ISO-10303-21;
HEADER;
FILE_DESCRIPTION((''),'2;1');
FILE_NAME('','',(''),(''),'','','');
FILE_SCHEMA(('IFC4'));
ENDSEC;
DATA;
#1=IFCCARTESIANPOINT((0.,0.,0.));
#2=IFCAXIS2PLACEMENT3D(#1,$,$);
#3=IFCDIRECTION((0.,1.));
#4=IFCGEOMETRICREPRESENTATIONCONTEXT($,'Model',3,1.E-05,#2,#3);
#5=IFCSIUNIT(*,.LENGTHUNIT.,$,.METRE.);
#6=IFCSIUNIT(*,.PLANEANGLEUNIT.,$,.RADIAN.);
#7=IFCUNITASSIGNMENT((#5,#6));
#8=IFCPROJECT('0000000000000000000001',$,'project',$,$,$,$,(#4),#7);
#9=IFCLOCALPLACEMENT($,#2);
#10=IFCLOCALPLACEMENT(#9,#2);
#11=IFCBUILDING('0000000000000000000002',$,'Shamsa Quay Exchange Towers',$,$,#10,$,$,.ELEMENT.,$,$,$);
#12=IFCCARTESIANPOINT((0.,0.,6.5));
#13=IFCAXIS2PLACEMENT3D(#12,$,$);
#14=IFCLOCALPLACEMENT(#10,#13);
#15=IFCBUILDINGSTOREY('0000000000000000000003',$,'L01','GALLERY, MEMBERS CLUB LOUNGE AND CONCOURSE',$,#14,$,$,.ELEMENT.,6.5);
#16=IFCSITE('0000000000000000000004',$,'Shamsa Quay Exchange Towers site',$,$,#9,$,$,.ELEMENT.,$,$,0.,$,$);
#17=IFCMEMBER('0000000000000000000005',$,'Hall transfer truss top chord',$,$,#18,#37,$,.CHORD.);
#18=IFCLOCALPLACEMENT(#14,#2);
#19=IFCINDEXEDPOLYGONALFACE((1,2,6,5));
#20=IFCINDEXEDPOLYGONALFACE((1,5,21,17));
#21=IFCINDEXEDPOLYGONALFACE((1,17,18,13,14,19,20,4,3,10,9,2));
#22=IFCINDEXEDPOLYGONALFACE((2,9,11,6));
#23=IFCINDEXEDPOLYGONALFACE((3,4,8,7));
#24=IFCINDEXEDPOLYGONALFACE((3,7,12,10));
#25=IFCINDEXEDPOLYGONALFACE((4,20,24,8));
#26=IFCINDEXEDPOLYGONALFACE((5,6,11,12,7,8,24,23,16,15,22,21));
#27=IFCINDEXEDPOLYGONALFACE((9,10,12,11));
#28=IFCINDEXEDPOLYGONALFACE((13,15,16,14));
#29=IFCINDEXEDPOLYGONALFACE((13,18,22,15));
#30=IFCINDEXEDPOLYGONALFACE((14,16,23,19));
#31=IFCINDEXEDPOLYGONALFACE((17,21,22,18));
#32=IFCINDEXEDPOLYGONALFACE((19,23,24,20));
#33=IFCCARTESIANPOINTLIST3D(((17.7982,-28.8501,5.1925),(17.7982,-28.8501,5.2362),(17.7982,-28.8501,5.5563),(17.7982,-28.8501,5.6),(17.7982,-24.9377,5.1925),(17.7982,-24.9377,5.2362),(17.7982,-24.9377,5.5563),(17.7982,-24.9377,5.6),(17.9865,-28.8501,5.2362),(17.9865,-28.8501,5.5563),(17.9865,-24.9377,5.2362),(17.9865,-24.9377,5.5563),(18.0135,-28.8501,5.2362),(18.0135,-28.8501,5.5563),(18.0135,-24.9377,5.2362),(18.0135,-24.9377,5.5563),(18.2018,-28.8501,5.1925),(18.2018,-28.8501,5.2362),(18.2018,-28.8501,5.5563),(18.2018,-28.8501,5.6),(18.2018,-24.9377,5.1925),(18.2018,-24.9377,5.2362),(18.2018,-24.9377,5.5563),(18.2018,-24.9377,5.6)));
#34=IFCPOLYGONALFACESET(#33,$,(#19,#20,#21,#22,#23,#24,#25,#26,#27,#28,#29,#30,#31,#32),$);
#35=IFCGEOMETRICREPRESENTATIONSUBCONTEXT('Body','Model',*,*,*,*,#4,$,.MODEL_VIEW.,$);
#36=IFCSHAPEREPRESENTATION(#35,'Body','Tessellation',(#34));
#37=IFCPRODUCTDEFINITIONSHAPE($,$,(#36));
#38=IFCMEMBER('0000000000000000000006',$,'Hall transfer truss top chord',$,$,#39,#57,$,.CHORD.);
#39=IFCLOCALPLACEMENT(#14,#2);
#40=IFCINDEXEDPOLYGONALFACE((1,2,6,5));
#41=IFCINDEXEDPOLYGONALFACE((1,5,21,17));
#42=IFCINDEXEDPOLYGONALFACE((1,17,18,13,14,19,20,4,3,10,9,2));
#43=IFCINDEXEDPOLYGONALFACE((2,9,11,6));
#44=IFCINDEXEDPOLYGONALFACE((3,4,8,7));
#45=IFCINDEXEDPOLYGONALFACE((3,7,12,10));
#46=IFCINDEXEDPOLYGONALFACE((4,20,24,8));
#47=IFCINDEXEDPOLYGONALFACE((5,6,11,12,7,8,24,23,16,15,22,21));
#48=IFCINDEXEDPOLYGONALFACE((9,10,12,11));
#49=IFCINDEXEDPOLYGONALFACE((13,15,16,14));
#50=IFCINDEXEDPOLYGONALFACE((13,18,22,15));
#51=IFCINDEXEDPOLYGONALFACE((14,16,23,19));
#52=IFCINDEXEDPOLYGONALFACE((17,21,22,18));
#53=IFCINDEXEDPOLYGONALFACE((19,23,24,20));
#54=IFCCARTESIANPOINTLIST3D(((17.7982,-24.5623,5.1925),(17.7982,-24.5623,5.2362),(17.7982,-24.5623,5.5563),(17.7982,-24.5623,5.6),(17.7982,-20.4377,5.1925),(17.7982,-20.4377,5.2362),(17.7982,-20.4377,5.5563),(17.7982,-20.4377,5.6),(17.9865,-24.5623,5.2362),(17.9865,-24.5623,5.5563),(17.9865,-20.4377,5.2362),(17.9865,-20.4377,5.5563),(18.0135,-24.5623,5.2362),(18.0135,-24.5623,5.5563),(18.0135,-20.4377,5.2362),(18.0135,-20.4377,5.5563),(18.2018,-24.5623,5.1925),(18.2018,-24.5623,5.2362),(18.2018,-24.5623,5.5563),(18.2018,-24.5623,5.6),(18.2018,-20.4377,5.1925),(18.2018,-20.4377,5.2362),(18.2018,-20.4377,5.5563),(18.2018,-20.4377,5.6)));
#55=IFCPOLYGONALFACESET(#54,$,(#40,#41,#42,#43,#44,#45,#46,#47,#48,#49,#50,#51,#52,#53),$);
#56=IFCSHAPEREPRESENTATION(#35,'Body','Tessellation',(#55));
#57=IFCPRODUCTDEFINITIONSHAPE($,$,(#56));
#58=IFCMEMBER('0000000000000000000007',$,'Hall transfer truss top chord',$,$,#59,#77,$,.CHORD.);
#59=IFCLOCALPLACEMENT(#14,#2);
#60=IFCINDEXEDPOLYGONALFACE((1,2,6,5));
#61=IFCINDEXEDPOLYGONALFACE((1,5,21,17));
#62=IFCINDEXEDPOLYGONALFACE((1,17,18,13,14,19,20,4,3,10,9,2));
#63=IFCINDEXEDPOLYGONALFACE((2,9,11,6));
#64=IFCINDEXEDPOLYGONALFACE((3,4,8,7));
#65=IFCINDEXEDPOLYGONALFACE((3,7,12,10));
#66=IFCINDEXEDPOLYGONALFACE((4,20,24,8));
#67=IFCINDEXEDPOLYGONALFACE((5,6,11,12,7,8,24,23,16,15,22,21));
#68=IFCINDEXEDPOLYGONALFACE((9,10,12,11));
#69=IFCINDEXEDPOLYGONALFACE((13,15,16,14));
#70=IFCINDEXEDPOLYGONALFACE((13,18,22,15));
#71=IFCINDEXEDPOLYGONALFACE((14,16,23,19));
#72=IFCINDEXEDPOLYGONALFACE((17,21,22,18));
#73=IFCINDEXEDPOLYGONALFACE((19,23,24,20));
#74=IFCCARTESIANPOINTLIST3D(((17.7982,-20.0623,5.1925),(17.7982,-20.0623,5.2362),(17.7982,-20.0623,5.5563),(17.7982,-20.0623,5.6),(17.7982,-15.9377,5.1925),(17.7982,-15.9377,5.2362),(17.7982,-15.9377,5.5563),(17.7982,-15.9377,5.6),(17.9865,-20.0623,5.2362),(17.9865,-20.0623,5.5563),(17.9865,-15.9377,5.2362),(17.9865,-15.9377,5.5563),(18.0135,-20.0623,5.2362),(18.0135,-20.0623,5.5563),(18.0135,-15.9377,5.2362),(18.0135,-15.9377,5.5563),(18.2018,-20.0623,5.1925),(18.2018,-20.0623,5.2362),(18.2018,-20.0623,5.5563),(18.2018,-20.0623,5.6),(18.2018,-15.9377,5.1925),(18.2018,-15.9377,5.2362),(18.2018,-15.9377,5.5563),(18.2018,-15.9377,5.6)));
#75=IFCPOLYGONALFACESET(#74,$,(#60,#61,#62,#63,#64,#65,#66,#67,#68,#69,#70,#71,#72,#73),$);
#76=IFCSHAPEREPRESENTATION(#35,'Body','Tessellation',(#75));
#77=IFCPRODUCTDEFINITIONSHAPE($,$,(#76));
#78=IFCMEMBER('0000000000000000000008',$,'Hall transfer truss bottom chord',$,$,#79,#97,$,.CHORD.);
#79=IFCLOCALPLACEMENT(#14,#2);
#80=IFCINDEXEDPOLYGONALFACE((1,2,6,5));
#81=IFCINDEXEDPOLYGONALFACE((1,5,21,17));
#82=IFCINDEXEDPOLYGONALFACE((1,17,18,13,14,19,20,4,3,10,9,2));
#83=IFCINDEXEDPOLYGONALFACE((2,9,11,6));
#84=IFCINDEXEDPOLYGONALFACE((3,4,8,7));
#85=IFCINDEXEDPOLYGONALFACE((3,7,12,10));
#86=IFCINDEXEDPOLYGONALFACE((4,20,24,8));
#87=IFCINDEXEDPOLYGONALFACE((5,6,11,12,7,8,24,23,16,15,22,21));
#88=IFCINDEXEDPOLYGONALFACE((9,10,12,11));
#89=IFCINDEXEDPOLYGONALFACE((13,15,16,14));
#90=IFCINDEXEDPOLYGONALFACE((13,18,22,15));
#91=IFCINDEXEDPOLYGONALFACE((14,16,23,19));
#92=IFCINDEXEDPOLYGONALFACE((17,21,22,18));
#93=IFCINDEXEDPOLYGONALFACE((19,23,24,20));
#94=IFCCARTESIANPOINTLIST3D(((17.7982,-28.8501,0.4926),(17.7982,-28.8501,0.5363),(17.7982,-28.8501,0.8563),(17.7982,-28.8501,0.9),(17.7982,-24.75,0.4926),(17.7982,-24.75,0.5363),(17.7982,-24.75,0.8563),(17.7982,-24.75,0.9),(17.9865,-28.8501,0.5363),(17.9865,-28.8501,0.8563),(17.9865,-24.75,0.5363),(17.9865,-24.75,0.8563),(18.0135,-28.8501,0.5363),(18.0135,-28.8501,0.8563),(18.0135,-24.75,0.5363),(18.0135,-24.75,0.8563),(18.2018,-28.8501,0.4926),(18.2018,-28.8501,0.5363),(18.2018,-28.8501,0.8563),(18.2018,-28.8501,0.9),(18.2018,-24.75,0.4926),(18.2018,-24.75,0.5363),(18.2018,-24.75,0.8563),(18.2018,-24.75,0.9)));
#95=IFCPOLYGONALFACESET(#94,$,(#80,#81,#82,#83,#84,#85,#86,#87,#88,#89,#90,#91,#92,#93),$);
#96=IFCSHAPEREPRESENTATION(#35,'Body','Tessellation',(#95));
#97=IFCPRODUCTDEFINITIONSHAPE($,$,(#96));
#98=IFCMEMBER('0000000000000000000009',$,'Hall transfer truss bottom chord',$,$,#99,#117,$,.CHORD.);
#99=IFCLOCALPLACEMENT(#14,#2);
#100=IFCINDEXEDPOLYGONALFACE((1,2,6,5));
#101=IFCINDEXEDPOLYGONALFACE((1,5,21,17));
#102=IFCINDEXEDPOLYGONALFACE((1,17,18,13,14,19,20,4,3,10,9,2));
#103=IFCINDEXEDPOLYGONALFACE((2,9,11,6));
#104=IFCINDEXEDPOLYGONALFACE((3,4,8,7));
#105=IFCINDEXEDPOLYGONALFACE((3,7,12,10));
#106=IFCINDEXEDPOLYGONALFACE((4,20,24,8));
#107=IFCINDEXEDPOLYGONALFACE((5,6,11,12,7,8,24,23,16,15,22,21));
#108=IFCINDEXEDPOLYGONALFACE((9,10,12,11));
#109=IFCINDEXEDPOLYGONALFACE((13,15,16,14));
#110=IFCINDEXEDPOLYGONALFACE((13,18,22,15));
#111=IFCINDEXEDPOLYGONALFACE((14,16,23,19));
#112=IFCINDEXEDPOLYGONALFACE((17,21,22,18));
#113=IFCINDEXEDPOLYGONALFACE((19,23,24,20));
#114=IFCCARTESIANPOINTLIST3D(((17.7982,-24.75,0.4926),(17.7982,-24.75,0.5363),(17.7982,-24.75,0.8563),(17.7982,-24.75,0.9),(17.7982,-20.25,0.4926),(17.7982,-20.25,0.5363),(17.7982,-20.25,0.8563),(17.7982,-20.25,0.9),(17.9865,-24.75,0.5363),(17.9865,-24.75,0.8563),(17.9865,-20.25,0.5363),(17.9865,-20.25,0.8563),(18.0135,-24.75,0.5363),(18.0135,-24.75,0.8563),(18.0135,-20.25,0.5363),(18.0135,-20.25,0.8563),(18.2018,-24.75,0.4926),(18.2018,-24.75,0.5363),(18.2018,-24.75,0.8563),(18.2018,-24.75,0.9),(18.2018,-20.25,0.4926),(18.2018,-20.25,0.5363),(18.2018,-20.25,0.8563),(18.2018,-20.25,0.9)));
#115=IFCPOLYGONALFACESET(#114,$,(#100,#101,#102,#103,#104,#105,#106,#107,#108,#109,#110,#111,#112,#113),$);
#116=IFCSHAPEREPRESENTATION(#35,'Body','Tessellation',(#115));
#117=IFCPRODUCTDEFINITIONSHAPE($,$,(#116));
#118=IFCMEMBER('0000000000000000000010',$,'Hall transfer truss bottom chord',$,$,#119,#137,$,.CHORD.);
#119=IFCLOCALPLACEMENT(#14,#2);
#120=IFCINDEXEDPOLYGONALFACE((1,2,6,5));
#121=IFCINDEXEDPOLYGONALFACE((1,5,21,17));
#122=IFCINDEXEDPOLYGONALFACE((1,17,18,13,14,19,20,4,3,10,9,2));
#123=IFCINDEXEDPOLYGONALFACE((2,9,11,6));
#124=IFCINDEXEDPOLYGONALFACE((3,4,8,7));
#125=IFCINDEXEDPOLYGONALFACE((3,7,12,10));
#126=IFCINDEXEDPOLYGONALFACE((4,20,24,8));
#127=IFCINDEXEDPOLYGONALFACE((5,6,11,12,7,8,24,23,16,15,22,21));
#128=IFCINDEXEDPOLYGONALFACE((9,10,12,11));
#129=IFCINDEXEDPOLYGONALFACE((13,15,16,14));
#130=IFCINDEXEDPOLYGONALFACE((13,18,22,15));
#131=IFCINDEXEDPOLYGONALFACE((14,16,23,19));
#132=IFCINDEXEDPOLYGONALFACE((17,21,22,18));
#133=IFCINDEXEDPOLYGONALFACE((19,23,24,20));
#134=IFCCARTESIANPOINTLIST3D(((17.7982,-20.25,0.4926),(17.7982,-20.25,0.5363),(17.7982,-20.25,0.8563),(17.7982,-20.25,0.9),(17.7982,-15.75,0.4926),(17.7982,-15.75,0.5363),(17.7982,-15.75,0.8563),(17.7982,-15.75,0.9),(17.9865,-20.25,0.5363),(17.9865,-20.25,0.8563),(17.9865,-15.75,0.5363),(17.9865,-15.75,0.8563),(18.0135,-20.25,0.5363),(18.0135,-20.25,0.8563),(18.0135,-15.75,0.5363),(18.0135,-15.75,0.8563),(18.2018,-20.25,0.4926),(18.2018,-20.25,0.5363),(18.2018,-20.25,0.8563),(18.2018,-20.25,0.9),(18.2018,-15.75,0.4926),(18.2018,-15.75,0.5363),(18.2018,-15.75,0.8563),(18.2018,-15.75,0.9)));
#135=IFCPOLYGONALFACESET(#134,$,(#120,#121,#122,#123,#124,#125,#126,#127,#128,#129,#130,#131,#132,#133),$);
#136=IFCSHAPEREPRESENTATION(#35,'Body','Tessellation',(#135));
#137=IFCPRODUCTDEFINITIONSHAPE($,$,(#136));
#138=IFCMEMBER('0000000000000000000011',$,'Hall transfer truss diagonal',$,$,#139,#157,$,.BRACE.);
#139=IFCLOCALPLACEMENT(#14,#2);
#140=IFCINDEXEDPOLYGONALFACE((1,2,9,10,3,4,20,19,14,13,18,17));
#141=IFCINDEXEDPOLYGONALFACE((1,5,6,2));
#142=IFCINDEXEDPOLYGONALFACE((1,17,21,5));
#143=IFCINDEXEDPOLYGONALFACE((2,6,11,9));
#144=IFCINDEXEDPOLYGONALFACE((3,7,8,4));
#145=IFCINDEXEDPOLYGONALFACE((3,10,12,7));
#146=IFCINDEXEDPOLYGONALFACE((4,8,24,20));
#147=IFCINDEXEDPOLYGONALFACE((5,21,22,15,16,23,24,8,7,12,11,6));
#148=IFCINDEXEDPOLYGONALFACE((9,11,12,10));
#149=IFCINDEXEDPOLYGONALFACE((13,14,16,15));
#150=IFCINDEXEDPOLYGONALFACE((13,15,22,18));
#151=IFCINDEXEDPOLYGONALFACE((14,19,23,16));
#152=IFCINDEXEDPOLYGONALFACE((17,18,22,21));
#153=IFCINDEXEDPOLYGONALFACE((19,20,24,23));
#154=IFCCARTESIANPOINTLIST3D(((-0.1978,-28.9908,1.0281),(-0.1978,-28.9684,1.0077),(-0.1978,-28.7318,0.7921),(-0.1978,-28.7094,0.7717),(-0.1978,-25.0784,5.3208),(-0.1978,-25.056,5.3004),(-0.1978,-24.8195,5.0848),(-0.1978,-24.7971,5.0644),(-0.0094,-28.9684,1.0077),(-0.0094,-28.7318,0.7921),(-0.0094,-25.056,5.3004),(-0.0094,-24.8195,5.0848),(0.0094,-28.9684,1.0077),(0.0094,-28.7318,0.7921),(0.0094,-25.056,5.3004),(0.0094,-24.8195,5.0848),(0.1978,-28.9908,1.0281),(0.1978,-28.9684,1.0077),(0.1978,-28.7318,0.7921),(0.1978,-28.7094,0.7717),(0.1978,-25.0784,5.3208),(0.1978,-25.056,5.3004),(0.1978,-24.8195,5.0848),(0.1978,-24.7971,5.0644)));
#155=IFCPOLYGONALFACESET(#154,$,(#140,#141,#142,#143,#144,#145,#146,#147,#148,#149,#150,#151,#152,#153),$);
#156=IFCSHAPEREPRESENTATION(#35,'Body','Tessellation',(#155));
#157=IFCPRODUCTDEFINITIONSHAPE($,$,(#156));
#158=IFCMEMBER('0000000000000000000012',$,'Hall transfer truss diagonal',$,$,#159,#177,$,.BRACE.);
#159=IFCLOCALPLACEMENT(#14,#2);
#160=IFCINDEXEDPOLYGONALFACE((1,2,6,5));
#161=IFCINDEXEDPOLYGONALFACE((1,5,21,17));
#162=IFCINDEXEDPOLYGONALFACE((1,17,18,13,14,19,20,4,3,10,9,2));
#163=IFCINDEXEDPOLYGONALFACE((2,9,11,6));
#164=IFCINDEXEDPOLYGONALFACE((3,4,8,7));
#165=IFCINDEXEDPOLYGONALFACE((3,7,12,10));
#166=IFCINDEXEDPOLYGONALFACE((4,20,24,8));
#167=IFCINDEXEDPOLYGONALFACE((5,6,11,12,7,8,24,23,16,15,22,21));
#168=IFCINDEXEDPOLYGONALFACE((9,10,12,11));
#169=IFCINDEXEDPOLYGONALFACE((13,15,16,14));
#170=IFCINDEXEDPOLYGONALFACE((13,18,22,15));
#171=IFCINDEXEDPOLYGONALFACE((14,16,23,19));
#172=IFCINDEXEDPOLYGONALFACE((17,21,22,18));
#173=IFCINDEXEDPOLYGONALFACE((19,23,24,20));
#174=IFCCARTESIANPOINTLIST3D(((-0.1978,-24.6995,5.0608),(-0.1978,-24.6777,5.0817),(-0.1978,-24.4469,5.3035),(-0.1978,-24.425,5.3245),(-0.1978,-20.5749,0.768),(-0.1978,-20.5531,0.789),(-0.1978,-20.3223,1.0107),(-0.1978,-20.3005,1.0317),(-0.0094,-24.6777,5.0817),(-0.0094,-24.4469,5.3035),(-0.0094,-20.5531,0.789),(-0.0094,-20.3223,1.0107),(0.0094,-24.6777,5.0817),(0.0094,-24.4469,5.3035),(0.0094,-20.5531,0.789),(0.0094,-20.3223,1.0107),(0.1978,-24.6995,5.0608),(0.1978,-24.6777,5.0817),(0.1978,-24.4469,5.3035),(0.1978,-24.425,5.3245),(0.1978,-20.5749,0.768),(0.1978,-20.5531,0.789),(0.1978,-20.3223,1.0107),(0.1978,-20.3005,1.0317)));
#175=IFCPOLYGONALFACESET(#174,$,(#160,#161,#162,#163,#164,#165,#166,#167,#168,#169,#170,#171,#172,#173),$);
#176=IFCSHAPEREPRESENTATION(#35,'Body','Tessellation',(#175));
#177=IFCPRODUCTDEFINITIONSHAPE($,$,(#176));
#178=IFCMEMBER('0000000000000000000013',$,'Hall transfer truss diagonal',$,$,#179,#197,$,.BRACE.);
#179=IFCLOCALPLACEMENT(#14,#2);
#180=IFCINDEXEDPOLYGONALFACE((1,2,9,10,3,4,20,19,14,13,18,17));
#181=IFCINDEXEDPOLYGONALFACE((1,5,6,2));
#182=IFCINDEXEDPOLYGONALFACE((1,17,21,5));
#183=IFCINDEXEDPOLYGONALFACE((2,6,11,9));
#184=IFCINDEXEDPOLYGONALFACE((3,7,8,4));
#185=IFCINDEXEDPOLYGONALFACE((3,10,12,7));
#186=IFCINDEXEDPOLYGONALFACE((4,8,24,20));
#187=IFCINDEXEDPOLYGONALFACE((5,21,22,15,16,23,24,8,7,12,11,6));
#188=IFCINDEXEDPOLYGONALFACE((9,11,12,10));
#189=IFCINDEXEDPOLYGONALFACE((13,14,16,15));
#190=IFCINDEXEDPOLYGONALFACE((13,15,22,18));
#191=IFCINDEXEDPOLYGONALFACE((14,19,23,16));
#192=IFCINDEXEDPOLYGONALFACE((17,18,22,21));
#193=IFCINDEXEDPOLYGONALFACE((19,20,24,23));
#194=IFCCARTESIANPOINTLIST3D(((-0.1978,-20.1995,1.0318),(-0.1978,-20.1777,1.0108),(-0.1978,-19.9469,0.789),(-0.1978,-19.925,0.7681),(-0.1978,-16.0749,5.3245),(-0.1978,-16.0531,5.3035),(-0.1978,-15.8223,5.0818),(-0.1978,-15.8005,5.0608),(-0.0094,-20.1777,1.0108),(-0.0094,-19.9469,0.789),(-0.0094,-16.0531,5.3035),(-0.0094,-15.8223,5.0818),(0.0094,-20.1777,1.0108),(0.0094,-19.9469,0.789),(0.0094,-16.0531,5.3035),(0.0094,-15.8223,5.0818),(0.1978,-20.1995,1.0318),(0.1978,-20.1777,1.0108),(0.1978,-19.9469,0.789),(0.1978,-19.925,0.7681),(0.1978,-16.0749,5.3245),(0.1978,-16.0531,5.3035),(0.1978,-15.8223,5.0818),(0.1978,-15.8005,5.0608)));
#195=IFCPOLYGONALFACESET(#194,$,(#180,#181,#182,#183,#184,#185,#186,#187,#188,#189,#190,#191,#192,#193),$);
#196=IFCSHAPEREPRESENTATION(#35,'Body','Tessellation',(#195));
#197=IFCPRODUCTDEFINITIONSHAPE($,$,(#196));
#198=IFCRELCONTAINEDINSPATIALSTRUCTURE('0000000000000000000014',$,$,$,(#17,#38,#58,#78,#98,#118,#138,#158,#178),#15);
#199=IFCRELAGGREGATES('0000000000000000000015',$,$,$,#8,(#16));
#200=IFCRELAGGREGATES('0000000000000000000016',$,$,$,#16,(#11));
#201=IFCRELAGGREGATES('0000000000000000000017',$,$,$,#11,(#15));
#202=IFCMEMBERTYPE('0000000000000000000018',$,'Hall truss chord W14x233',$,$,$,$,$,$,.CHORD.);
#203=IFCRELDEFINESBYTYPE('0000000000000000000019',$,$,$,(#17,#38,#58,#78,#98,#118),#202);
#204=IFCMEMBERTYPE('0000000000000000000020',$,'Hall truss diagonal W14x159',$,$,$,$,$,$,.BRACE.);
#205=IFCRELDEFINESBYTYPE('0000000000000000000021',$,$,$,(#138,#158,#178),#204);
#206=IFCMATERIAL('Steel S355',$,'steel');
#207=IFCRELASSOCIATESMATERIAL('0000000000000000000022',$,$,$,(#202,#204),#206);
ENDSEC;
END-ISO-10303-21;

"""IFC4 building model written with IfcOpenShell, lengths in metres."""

from ifc_helpers import new_model, si_unit, direction, frame, origin, origin_2d, place, context, subcontext, project, spatial, i_section, extrude, material, material_profile, profile_set, type_object, element, save


model = new_model("IFC4")

# Units and contexts
model_context = context("Model", 3, precision=1e-05, world=origin(), true_north=direction((0.0, 1.0)))
body_context = subcontext(model_context, "Body", "Model", "MODEL_VIEW")
ifc_project = project(units=[si_unit("LENGTHUNIT", "METRE"), si_unit("PLANEANGLEUNIT", "RADIAN")], contexts=[model_context])

# Site, building, storey
site_placement = place(None, origin())
site = spatial("IfcSite", under=ifc_project, at=site_placement, Name="Shamsa Quay Exchange Towers site", CompositionType="ELEMENT", RefElevation=0.0)
building_placement = place(site_placement, origin())
building = spatial("IfcBuilding", under=site, at=building_placement, Name="Shamsa Quay Exchange Towers", CompositionType="ELEMENT")
storey_placement = place(building_placement, frame((0.0, 0.0, 6.5)))
storey = spatial("IfcBuildingStorey", under=building, at=storey_placement, Name="L01", Description="GALLERY, MEMBERS CLUB LOUNGE AND CONCOURSE", CompositionType="ELEMENT", Elevation=6.5)

# Shared definitions
ifc_material_1 = material(Name="Steel S355", Category="steel")

# Members
ifc_material_profile_1 = material_profile(ifc_material_1, i_section(OverallWidth=0.4036, OverallDepth=0.4075, WebThickness=0.0271, FlangeThickness=0.0437, at=origin_2d()), Name="W14x233")
ifc_profile_set_1 = profile_set([ifc_material_profile_1], Name="Steel S355")
member_type_1 = type_object("IfcMemberType", Name="Hall truss chord W14x233", PredefinedType="CHORD", material=ifc_profile_set_1)
member_1_placement = place(storey_placement, frame((18.0, -28.8501, 5.3962), z_axis=(0.0, 1.0, 0.0), x_axis=(-1.0, 0.0, 0.0)))
element("IfcMember", 1, at=member_1_placement, inside=storey, type_object=member_type_1, Name="Hall transfer truss top chord", PredefinedType="CHORD", context=body_context, shape_type="SweptSolid", body=[
    extrude(i_section(OverallWidth=0.4036, OverallDepth=0.4075, WebThickness=0.0271, FlangeThickness=0.0437, at=origin_2d()), origin(), (0.0, 0.0, 1.0), 3.9124),
])
for number, where, z_axis, x_axis, name in (
    (2, (18.0, -24.5623, 5.3962), (0.0, 1.0, 0.0), (-1.0, 0.0, 0.0), "Hall transfer truss top chord"),
    (3, (18.0, -20.0623, 5.3962), (0.0, 1.0, 0.0), (-1.0, 0.0, 0.0), "Hall transfer truss top chord"),
):
    element("IfcMember", number, at=place(storey_placement, frame(where, z_axis=z_axis, x_axis=x_axis)), inside=storey, type_object=member_type_1, Name=name, PredefinedType="CHORD", context=body_context, shape_type="SweptSolid", body=[
        extrude(i_section(OverallWidth=0.4036, OverallDepth=0.4075, WebThickness=0.0271, FlangeThickness=0.0437, at=origin_2d()), origin(), (0.0, 0.0, 1.0), 4.1245),
    ])
member_2_placement = place(storey_placement, frame((18.0, -28.8501, 0.6963), z_axis=(0.0, 1.0, 0.0), x_axis=(-1.0, 0.0, 0.0)))
element("IfcMember", 4, at=member_2_placement, inside=storey, type_object=member_type_1, Name="Hall transfer truss bottom chord", PredefinedType="CHORD", context=body_context, shape_type="SweptSolid", body=[
    extrude(i_section(OverallWidth=0.4036, OverallDepth=0.4075, WebThickness=0.0271, FlangeThickness=0.0437, at=origin_2d()), origin(), (0.0, 0.0, 1.0), 4.1001),
])
for number, where, z_axis, x_axis, name in (
    (5, (18.0, -24.75, 0.6963), (0.0, 1.0, 0.0), (-1.0, 0.0, 0.0), "Hall transfer truss bottom chord"),
    (6, (18.0, -20.25, 0.6963), (0.0, 1.0, 0.0), (-1.0, 0.0, 0.0), "Hall transfer truss bottom chord"),
):
    element("IfcMember", number, at=place(storey_placement, frame(where, z_axis=z_axis, x_axis=x_axis)), inside=storey, type_object=member_type_1, Name=name, PredefinedType="CHORD", context=body_context, shape_type="SweptSolid", body=[
        extrude(i_section(OverallWidth=0.4036, OverallDepth=0.4075, WebThickness=0.0271, FlangeThickness=0.0437, at=origin_2d()), origin(), (0.0, 0.0, 1.0), 4.5),
    ])
ifc_material_profile_2 = material_profile(ifc_material_1, i_section(OverallWidth=0.3955, OverallDepth=0.3806, WebThickness=0.0188, FlangeThickness=0.0303, at=origin_2d()), Name="W14x159")
ifc_profile_set_2 = profile_set([ifc_material_profile_2], Name="Steel S355")
member_type_2 = type_object("IfcMemberType", Name="Hall truss diagonal W14x159", PredefinedType="BRACE", material=ifc_profile_set_2)
member_3_placement = place(storey_placement, frame((0.0, -28.8501, 0.8999), z_axis=(0.0, 0.673603, 0.739093), x_axis=(-1.0, 0.0, 0.0)))
element("IfcMember", 7, at=member_3_placement, inside=storey, type_object=member_type_2, Name="Hall transfer truss diagonal", PredefinedType="BRACE", context=body_context, shape_type="SweptSolid", body=[
    extrude(i_section(OverallWidth=0.3955, OverallDepth=0.3806, WebThickness=0.0188, FlangeThickness=0.0303, at=origin_2d()), origin(), (0.0, 0.0, 1.0), 5.8081),
])
for number, where, z_axis, x_axis, name in (
    (8, (0.0, -24.5623, 5.1926), (0.0, 0.692837, -0.721094), (-1.0, 0.0, 0.0), "Hall transfer truss diagonal"),
    (9, (0.0, -20.0623, 0.8999), (0.0, 0.692837, 0.721094), (-1.0, 0.0, 0.0), "Hall transfer truss diagonal"),
):
    element("IfcMember", number, at=place(storey_placement, frame(where, z_axis=z_axis, x_axis=x_axis)), inside=storey, type_object=member_type_2, Name=name, PredefinedType="BRACE", context=body_context, shape_type="SweptSolid", body=[
        extrude(i_section(OverallWidth=0.3955, OverallDepth=0.3806, WebThickness=0.0188, FlangeThickness=0.0303, at=origin_2d()), origin(), (0.0, 0.0, 1.0), 5.9531),
    ])

save(model, "model.ifc")
